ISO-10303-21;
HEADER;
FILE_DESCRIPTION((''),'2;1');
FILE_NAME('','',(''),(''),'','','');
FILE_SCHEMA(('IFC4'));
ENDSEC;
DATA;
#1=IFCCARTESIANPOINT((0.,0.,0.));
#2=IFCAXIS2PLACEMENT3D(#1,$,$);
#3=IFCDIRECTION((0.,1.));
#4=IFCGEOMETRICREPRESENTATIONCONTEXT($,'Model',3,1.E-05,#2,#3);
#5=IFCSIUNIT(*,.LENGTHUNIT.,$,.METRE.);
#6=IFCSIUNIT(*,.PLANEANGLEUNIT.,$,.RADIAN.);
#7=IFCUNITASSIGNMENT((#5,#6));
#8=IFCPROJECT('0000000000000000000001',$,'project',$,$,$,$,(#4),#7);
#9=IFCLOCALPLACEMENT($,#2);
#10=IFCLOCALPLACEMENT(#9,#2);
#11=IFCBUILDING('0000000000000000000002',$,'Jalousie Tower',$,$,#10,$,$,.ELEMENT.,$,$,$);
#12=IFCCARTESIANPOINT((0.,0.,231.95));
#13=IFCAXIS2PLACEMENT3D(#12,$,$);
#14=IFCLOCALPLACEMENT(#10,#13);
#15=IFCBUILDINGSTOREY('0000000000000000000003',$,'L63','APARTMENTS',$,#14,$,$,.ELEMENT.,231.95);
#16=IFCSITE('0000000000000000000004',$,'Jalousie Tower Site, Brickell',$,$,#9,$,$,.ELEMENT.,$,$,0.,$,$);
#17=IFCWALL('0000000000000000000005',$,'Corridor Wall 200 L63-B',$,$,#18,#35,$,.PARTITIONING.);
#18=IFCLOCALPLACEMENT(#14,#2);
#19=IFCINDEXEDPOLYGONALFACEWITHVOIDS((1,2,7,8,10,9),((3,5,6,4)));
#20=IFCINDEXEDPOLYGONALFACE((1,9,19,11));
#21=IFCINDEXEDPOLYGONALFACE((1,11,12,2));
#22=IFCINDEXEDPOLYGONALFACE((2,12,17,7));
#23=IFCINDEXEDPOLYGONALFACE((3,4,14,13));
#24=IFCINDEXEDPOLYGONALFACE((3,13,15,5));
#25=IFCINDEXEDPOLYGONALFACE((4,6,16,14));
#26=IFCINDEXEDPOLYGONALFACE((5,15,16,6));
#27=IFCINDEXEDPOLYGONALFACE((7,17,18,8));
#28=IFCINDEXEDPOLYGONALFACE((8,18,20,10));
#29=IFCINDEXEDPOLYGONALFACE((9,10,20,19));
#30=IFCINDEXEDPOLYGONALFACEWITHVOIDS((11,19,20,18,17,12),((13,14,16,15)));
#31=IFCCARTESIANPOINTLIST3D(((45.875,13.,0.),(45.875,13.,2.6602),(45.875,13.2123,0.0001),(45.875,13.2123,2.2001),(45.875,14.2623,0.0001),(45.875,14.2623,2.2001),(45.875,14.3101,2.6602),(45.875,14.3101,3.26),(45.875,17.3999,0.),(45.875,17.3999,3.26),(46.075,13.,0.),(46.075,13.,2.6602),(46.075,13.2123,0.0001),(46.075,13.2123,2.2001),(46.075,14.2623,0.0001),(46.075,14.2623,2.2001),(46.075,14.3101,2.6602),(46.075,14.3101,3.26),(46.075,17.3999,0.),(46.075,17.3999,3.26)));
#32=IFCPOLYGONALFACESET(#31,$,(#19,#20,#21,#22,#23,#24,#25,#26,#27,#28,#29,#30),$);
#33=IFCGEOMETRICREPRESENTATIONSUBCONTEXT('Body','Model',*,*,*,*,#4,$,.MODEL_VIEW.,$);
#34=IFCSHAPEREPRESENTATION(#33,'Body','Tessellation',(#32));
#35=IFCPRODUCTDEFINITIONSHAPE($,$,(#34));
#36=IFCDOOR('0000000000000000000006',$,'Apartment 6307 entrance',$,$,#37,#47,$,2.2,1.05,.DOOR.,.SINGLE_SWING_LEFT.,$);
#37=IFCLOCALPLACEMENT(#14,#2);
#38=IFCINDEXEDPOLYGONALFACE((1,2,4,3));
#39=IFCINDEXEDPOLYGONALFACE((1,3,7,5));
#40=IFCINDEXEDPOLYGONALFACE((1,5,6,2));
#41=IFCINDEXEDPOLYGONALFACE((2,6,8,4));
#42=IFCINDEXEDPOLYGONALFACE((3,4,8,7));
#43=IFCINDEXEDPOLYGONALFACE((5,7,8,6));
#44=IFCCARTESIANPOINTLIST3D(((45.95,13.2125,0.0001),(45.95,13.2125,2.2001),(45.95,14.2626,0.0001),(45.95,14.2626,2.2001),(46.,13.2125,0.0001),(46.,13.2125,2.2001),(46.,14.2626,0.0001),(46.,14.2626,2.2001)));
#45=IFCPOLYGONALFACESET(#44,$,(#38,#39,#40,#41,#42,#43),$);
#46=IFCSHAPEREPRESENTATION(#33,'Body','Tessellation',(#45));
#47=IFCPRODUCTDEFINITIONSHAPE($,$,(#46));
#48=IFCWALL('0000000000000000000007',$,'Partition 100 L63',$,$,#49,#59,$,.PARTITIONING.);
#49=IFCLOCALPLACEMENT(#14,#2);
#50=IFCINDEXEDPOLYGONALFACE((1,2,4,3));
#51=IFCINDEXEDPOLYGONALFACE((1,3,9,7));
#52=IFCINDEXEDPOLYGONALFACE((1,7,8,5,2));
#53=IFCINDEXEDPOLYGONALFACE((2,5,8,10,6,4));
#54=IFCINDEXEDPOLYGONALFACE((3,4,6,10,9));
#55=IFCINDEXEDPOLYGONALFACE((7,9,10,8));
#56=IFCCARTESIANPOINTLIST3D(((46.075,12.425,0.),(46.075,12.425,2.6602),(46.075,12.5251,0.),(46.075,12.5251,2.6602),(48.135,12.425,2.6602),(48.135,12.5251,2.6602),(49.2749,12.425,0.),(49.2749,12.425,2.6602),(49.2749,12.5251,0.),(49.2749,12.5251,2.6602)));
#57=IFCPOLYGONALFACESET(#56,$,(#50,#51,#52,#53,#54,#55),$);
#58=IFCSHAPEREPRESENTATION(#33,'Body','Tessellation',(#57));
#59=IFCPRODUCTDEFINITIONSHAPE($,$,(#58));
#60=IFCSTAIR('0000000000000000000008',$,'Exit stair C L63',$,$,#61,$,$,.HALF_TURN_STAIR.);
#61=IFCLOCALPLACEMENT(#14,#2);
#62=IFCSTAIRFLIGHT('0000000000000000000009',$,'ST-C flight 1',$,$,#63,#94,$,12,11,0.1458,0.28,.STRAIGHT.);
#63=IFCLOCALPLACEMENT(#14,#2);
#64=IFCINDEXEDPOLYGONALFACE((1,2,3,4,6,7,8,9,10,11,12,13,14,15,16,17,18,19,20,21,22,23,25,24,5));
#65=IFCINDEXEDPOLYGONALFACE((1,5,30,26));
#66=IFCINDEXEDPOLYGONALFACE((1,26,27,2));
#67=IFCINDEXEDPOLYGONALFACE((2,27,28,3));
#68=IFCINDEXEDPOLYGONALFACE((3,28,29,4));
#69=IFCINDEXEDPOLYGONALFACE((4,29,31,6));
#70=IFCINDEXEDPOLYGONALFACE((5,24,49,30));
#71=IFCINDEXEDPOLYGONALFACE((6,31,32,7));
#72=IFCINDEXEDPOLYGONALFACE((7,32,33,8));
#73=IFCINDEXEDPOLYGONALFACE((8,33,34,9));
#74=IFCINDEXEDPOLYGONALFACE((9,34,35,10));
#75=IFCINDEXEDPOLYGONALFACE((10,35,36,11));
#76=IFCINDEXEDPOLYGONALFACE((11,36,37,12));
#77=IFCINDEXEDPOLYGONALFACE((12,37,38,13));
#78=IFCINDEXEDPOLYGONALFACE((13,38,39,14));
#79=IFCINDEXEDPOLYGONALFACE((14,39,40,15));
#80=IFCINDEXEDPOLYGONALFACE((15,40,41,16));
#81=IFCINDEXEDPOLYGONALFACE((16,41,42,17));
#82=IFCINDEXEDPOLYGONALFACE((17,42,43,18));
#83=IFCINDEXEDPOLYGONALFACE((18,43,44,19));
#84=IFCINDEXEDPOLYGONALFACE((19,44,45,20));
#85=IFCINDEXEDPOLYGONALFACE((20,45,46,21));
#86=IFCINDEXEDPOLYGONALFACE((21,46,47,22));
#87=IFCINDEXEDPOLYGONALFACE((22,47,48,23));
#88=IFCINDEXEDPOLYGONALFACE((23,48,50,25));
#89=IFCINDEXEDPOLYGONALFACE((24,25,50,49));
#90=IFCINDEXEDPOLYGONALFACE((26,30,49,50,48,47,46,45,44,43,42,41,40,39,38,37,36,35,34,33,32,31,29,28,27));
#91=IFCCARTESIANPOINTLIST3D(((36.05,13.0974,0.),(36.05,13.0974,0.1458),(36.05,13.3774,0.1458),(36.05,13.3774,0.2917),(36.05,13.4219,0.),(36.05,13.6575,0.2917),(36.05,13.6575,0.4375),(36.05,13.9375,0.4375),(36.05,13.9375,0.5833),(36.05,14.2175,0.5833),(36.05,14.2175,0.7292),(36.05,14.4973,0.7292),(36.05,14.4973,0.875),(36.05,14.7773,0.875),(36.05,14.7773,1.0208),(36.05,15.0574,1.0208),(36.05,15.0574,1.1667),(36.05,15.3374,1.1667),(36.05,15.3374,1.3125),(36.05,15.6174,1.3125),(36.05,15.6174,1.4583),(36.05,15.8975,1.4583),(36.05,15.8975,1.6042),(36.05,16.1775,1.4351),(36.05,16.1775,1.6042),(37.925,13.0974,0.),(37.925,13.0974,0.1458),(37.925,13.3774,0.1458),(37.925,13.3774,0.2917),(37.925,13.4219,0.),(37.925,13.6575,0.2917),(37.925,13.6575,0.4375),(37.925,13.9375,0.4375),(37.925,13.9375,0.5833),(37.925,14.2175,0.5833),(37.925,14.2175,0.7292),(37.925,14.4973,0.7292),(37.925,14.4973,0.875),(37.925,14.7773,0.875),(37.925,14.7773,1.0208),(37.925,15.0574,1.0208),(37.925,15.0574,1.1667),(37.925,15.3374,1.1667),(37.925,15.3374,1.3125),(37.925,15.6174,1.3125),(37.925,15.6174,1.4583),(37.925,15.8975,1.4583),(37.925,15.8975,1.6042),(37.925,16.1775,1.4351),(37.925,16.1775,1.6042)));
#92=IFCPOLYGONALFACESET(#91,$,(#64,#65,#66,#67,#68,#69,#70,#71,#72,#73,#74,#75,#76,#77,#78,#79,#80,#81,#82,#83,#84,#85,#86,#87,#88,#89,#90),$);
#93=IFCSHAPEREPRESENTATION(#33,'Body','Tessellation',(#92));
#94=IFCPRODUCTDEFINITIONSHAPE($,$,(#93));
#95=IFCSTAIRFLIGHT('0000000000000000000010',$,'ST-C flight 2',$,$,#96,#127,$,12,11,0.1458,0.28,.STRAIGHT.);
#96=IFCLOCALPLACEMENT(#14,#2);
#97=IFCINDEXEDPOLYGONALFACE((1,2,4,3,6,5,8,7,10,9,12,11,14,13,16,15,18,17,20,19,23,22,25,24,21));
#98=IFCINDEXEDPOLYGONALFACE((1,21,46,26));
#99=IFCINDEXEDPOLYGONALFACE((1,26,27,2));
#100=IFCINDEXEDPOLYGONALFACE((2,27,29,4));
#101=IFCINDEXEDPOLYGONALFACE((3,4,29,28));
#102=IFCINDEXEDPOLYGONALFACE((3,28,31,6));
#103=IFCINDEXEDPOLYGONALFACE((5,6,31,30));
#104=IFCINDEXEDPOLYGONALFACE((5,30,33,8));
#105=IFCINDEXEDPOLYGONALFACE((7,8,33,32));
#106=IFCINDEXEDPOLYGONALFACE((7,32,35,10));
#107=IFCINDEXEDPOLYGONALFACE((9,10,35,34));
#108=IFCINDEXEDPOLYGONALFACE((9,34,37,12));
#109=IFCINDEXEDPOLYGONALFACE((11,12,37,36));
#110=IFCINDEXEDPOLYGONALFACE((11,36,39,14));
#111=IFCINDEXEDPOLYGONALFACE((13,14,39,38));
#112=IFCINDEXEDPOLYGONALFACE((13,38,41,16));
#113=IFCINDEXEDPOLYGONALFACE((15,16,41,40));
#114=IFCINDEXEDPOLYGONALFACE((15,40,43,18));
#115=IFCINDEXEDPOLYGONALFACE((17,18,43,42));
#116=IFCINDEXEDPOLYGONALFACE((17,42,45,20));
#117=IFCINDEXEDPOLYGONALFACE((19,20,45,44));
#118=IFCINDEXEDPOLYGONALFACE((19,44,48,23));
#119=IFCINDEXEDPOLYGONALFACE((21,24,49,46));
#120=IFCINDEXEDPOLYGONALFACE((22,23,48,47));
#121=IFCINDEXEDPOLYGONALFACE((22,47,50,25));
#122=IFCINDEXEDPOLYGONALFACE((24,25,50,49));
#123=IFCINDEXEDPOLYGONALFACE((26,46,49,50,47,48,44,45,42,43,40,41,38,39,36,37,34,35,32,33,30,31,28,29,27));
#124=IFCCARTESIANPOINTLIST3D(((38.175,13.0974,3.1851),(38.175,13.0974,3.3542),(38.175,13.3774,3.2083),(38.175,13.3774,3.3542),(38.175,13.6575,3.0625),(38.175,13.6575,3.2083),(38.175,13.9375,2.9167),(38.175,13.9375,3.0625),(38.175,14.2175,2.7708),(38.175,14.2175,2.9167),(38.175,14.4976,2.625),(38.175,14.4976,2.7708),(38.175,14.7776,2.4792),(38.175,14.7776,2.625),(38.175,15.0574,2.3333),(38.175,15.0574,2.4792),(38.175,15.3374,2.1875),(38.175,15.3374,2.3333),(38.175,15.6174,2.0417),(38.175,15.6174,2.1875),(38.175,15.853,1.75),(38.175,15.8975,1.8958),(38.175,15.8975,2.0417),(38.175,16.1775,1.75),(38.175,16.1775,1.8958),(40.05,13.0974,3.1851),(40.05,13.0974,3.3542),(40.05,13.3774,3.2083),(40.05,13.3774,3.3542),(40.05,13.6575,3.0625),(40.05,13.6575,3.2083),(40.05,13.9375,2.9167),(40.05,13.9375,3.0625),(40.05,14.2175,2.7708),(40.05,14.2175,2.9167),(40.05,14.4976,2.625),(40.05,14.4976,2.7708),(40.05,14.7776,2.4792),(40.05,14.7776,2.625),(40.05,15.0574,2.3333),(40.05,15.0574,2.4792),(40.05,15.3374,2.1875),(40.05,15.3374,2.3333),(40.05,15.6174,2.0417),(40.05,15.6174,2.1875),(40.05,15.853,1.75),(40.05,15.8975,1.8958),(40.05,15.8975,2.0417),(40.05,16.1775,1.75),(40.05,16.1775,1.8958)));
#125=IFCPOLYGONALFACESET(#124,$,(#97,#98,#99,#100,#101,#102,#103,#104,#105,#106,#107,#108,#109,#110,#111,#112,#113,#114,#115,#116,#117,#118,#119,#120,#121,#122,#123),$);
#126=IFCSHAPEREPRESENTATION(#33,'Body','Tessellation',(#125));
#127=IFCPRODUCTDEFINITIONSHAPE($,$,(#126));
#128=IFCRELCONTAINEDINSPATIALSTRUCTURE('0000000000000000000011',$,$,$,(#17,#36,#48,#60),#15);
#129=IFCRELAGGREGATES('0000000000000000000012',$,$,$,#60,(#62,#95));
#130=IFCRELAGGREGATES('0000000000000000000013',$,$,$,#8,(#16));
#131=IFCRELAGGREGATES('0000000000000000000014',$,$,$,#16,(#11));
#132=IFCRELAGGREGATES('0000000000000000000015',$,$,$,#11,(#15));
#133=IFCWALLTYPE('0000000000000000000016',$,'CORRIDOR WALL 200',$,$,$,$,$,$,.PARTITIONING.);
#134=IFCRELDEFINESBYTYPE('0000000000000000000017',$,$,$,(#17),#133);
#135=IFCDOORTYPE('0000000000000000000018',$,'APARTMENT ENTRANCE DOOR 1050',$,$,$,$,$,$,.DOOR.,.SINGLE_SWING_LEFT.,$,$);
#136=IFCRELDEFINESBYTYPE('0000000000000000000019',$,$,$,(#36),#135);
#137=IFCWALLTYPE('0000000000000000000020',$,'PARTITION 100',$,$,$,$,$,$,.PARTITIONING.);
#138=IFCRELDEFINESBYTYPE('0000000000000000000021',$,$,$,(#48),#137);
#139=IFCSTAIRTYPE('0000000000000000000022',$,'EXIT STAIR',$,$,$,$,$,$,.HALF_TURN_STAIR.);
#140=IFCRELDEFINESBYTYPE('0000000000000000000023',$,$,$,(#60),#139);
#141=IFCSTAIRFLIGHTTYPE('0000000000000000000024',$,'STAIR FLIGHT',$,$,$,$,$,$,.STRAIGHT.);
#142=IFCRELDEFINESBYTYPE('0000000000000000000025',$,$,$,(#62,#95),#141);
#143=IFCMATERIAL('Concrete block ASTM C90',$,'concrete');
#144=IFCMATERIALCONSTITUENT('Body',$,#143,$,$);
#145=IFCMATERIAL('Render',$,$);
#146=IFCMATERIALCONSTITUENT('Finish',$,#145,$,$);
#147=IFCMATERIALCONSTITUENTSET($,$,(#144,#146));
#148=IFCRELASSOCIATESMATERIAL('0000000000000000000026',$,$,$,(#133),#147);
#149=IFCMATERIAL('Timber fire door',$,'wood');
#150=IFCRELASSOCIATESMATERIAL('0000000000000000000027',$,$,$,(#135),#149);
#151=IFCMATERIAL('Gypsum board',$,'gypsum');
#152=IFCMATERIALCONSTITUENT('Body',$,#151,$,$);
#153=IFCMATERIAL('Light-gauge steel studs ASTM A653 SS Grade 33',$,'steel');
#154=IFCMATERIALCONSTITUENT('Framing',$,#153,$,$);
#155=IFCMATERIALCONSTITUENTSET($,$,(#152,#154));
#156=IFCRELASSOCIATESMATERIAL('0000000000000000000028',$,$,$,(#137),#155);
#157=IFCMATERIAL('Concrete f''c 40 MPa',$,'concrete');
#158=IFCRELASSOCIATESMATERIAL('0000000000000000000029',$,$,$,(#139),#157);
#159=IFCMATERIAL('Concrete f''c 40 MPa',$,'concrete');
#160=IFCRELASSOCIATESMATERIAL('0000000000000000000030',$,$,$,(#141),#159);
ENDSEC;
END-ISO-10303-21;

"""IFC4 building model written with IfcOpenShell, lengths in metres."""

from ifc_helpers import new_model, si_unit, direction, frame, frame_2d, origin, place, context, subcontext, project, spatial, polyline, rectangle, outline, extrude, material, constituent, constituent_set, type_object, element, fill, aggregate, save


model = new_model("IFC4")

# Units and contexts
model_context = context("Model", 3, precision=1e-05, world=origin(), true_north=direction((0.0, 1.0)))
body_context = subcontext(model_context, "Body", "Model", "MODEL_VIEW")
ifc_project = project(units=[si_unit("LENGTHUNIT", "METRE"), si_unit("PLANEANGLEUNIT", "RADIAN")], contexts=[model_context])

# Site, building, storey
site_placement = place(None, origin())
site = spatial("IfcSite", under=ifc_project, at=site_placement, Name="Jalousie Tower Site, Brickell", CompositionType="ELEMENT", RefElevation=0.0)
building_placement = place(site_placement, origin())
building = spatial("IfcBuilding", under=site, at=building_placement, Name="Jalousie Tower", CompositionType="ELEMENT")
storey_placement = place(building_placement, frame((0.0, 0.0, 231.95)))
storey = spatial("IfcBuildingStorey", under=building, at=storey_placement, Name="L63", Description="APARTMENTS", CompositionType="ELEMENT", Elevation=231.95)

# Shared definitions
ifc_material_1 = material(Name="Concrete block ASTM C90", Category="concrete")
ifc_constituent_1 = constituent(ifc_material_1, Name="Body")
ifc_material_2 = material(Name="Render")
ifc_constituent_2 = constituent(ifc_material_2, Name="Finish")
ifc_constituent_set_1 = constituent_set(constituents=[ifc_constituent_1, ifc_constituent_2])
wall_type_1 = type_object("IfcWallType", Name="CORRIDOR WALL 200", PredefinedType="PARTITIONING", material=ifc_constituent_set_1)

# Shared definitions
ifc_material_3 = material(Name="Timber fire door", Category="wood")
door_type_1 = type_object("IfcDoorType", Name="APARTMENT ENTRANCE DOOR 1050", OperationType="SINGLE_SWING_LEFT", PredefinedType="DOOR", material=ifc_material_3)

# Wall, opening, door
wall_1_placement = place(storey_placement, frame((45.9751, 13.0, 0.0), z_axis=(0.0, 0.0, 1.0), x_axis=(0.0, 1.0, 0.0)))
wall_1 = element("IfcWall", 1, at=wall_1_placement, inside=storey, type_object=wall_type_1, Name="Corridor Wall 200 L63-B", PredefinedType="PARTITIONING", context=body_context, shape_type="SweptSolid", body=[
    extrude(outline(polyline([(0.0, 0.0), (4.3999, 0.0), (4.3999, 3.26), (1.3101, 3.26), (1.3101, 2.6602), (0.0, 2.6602), (0.0, 0.0)])), frame((0.0, 0.1001, 0.0), z_axis=(0.0, -1.0, 0.0), x_axis=(1.0, 0.0, 0.0)), (0.0, 0.0, 1.0), 0.2),
])
opening_1_placement = place(wall_1_placement, frame((0.2124, 0.0, 0.0)))
opening_1 = element("IfcOpeningElement", 2, at=opening_1_placement, cuts=wall_1, PredefinedType="OPENING", context=body_context, shape_type="SweptSolid", body=[
    extrude(rectangle(XDim=1.05, YDim=2.2, at=frame_2d((0.5249, 1.1001))), frame((0.0, 0.1099, 0.0), z_axis=(0.0, -1.0, 0.0), x_axis=(1.0, 0.0, 0.0)), (0.0, 0.0, 1.0), 0.22),
])
door_1_placement = place(opening_1_placement, frame((1.05, 0.0, 0.0), z_axis=(0.0, 0.0, 1.0), x_axis=(-1.0, 0.0, 0.0)))
door_1 = element("IfcDoor", 3, at=door_1_placement, inside=storey, type_object=door_type_1, Name="Apartment 6307 entrance", OperationType="SINGLE_SWING_LEFT", OverallHeight=2.2, OverallWidth=1.05, PredefinedType="DOOR", context=body_context, shape_type="SweptSolid", body=[
    extrude(rectangle(XDim=1.05, YDim=2.2, at=frame_2d((0.5249, 1.1001))), frame((0.0, 0.0249, 0.0), z_axis=(0.0, -1.0, 0.0), x_axis=(1.0, 0.0, 0.0)), (0.0, 0.0, 1.0), 0.05),
])
fill(opening_1, door_1)

# Wall
ifc_material_4 = material(Name="Gypsum board", Category="gypsum")
ifc_constituent_3 = constituent(ifc_material_4, Name="Body")
ifc_material_5 = material(Name="Light-gauge steel studs ASTM A653 SS Grade 33", Category="steel")
ifc_constituent_4 = constituent(ifc_material_5, Name="Framing")
ifc_constituent_set_2 = constituent_set(constituents=[ifc_constituent_3, ifc_constituent_4])
wall_type_2 = type_object("IfcWallType", Name="PARTITION 100", PredefinedType="PARTITIONING", material=ifc_constituent_set_2)
wall_2_placement = place(storey_placement, frame((46.075, 12.4751, 0.0), z_axis=(0.0, 0.0, 1.0), x_axis=(1.0, 0.0, 0.0)))
element("IfcWall", 4, at=wall_2_placement, inside=storey, type_object=wall_type_2, Name="Partition 100 L63", PredefinedType="PARTITIONING", context=body_context, shape_type="SweptSolid", body=[
    extrude(outline(polyline([(0.0, 0.0), (3.2, 0.0), (3.2, 3.26), (3.2, 2.6602), (2.0601, 2.6602), (0.0, 2.6602), (0.0, 3.26), (0.0, 0.0)])), frame((0.0, 0.05, 0.0), z_axis=(0.0, -1.0, 0.0), x_axis=(1.0, 0.0, 0.0)), (0.0, 0.0, 1.0), 0.1001),
])

# Stair, stair flights
ifc_material_6 = material(Name="Concrete f'c 40 MPa", Category="concrete")
stair_type = type_object("IfcStairType", Name="EXIT STAIR", PredefinedType="HALF_TURN_STAIR", material=ifc_material_6)
stair_placement = place(storey_placement, origin())
stair = element("IfcStair", 5, at=stair_placement, inside=storey, type_object=stair_type, Name="Exit stair C L63", PredefinedType="HALF_TURN_STAIR")
ifc_material_7 = material(Name="Concrete f'c 40 MPa", Category="concrete")
stair_flight_type = type_object("IfcStairFlightType", Name="STAIR FLIGHT", PredefinedType="STRAIGHT", material=ifc_material_7)
stair_flight_1_placement = place(storey_placement, frame((36.9875, 13.0974, 0.0), z_axis=(0.0, 0.0, 1.0), x_axis=(0.0, 1.0, 0.0)))
stair_flight_1 = element("IfcStairFlight", 6, at=stair_flight_1_placement, type_object=stair_flight_type, Name="ST-C flight 1", NumberOfRisers=12, NumberOfTreads=11, PredefinedType="STRAIGHT", RiserHeight=0.1458, TreadLength=0.28, context=body_context, shape_type="SweptSolid", body=[
    extrude(outline(polyline([(0.0, 0.0), (0.0, 0.1458), (0.28, 0.1458), (0.28, 0.2917), (0.5601, 0.2917), (0.5601, 0.4375), (0.8401, 0.4375), (0.8401, 0.5833), (1.1201, 0.5833), (1.1201, 0.7292), (1.3999, 0.7292), (1.3999, 0.875), (1.6799, 0.875), (1.6799, 1.0208), (1.96, 1.0208), (1.96, 1.1667), (2.24, 1.1667), (2.24, 1.3125), (2.52, 1.3125), (2.52, 1.4583), (2.8, 1.4583), (2.8, 1.6042), (3.0801, 1.6042), (3.0801, 1.75), (3.0801, 1.4351), (0.3245, 0.0), (0.0, 0.0)])), frame((0.0, 0.9375, 0.0), z_axis=(0.0, -1.0, 0.0), x_axis=(1.0, 0.0, 0.0)), (0.0, 0.0, 1.0), 1.875),
])
stair_flight_2_placement = place(storey_placement, frame((39.1125, 16.1775, 1.75), z_axis=(0.0, 0.0, 1.0), x_axis=(0.0, -1.0, 0.0)))
stair_flight_2 = element("IfcStairFlight", 7, at=stair_flight_2_placement, type_object=stair_flight_type, Name="ST-C flight 2", NumberOfRisers=12, NumberOfTreads=11, PredefinedType="STRAIGHT", RiserHeight=0.1458, TreadLength=0.28, context=body_context, shape_type="SweptSolid", body=[
    extrude(outline(polyline([(0.0, 0.0), (0.0, 0.1458), (0.28, 0.1458), (0.28, 0.2917), (0.5601, 0.2917), (0.5601, 0.4375), (0.8401, 0.4375), (0.8401, 0.5833), (1.1201, 0.5833), (1.1201, 0.7292), (1.3999, 0.7292), (1.3999, 0.875), (1.6799, 0.875), (1.6799, 1.0208), (1.96, 1.0208), (1.96, 1.1667), (2.24, 1.1667), (2.24, 1.3125), (2.52, 1.3125), (2.52, 1.4583), (2.8, 1.4583), (2.8, 1.6042), (3.0801, 1.6042), (3.0801, 1.75), (3.0801, 1.4351), (0.3245, 0.0), (0.0, 0.0)])), frame((0.0, 0.9375, 0.0), z_axis=(0.0, -1.0, 0.0), x_axis=(1.0, 0.0, 0.0)), (0.0, 0.0, 1.0), 1.875),
])
aggregate(stair, [stair_flight_1, stair_flight_2])

save(model, "model.ifc")
